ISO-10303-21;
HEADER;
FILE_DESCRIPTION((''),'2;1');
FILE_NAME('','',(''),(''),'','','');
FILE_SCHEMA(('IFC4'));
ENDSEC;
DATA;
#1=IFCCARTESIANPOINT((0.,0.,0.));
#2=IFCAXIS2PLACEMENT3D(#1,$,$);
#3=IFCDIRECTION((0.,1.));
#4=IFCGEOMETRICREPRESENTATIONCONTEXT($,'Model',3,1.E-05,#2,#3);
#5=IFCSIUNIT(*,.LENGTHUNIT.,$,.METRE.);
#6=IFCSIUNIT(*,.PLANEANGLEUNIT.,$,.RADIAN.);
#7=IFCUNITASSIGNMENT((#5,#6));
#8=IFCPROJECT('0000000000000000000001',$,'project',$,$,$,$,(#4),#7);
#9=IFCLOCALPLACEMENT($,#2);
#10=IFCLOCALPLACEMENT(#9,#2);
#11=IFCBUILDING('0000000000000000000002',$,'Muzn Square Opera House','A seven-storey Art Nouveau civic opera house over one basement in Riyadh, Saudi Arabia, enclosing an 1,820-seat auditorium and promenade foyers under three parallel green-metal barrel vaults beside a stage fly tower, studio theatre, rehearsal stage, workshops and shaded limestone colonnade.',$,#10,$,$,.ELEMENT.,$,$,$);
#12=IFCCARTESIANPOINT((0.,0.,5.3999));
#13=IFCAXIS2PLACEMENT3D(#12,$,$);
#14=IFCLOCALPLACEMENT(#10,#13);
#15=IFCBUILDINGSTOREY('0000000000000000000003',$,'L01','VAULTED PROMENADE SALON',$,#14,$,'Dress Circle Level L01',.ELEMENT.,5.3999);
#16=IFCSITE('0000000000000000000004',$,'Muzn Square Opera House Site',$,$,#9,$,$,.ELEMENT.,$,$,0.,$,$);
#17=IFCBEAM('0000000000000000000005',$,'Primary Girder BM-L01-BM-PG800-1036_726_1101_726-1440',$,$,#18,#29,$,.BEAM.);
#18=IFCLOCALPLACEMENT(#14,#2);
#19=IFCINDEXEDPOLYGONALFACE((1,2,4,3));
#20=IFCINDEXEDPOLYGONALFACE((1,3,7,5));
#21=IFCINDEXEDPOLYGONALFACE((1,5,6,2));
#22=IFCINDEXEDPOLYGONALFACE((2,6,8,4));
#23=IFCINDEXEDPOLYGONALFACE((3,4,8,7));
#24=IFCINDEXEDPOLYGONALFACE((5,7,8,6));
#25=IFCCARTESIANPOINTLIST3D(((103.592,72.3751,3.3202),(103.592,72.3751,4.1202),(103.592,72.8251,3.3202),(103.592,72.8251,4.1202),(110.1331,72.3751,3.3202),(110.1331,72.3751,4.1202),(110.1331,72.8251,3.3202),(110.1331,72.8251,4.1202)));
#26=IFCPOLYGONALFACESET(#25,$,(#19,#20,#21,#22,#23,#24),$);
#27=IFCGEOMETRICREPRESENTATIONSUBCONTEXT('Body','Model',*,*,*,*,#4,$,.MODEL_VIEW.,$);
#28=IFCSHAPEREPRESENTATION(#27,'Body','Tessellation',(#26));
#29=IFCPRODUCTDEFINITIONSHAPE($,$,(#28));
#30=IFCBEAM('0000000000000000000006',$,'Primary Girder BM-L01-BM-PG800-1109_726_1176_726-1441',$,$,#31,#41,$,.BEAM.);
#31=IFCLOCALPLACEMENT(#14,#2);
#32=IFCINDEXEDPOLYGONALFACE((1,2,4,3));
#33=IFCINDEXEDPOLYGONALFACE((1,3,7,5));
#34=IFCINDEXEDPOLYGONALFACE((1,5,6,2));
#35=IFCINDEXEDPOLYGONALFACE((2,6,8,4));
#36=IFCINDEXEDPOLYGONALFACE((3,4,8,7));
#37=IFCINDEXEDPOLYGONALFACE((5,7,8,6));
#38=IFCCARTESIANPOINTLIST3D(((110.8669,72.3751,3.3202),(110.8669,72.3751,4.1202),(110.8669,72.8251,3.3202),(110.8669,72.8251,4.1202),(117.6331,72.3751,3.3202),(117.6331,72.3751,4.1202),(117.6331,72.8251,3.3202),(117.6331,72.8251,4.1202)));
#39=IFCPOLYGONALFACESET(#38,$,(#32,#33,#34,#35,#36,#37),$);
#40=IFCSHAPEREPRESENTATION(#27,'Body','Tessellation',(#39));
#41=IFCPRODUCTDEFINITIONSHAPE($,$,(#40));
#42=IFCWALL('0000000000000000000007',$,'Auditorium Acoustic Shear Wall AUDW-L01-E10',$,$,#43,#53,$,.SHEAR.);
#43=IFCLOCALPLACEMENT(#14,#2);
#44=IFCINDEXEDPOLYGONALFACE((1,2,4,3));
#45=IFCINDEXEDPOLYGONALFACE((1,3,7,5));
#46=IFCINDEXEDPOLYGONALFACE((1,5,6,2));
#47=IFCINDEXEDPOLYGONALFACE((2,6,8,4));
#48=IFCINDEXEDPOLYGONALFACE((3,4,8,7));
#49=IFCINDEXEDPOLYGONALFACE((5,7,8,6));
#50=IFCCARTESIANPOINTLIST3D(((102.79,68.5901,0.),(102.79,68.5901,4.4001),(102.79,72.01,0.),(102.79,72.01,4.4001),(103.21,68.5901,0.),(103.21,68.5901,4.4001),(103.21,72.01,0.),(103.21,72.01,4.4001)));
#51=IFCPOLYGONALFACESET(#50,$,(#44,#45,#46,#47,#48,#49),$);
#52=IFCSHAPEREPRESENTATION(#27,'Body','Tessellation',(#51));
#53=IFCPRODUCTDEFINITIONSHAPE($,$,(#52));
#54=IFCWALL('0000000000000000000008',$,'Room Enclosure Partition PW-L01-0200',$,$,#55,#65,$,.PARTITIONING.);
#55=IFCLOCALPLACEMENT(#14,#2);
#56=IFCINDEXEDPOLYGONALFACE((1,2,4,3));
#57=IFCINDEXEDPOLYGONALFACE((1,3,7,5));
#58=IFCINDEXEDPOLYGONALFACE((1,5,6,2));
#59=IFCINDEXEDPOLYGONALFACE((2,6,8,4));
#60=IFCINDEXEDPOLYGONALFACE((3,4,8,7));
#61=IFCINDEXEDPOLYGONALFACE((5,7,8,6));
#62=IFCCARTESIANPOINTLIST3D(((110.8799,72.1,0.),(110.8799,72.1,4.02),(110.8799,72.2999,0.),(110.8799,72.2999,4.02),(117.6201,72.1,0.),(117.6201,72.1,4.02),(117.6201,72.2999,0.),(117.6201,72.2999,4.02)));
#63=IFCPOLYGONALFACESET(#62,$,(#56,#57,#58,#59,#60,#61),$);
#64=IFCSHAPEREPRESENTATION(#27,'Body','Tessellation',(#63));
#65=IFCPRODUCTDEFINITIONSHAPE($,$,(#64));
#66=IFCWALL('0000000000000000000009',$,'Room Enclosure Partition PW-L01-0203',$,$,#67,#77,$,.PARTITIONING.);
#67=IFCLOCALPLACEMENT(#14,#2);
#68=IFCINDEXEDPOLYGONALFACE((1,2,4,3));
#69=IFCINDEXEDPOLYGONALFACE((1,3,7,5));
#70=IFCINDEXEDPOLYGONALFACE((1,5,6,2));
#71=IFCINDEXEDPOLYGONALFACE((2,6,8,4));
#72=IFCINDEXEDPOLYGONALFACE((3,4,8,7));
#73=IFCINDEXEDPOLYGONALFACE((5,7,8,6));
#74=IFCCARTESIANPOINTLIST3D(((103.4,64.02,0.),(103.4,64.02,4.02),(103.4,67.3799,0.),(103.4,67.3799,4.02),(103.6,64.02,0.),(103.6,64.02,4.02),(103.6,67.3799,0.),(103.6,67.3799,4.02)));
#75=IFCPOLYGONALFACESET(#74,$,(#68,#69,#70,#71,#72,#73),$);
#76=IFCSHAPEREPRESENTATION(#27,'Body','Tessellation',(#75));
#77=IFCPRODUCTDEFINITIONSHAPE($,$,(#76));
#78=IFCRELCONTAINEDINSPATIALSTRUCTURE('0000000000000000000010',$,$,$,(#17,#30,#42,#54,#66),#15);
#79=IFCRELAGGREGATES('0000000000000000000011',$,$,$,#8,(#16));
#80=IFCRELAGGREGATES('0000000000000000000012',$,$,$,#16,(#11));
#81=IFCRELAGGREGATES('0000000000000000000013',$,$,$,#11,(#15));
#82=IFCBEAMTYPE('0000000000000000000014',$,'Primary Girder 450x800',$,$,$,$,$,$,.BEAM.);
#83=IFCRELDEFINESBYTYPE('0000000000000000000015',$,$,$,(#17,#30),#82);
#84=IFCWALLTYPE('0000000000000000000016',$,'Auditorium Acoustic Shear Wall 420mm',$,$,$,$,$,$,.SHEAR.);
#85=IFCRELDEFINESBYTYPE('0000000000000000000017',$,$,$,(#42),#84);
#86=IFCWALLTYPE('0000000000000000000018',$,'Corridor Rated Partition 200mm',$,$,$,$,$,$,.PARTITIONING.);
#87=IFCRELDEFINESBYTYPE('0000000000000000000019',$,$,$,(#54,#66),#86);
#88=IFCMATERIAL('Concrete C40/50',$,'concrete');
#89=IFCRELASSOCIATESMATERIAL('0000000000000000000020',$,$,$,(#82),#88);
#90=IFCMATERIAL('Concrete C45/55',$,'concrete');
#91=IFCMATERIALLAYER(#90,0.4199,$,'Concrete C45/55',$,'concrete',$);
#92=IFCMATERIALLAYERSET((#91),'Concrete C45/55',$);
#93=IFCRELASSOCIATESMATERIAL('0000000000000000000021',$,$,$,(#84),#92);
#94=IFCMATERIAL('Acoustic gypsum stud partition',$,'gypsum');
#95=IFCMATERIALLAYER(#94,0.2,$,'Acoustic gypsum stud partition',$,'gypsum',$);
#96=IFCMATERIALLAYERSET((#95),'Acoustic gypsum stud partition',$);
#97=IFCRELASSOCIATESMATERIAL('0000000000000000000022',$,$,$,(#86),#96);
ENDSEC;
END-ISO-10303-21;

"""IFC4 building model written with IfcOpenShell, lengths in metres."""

from ifc_helpers import new_model, si_unit, direction, frame, frame_2d, origin, origin_2d, place, context, subcontext, project, spatial, rectangle, extrude, material, layer, layer_set, material_profile, profile_set, type_object, element, save


model = new_model("IFC4")

# Units and contexts
model_context = context("Model", 3, precision=1e-05, world=origin(), true_north=direction((0.0, 1.0)))
body_context = subcontext(model_context, "Body", "Model", "MODEL_VIEW")
ifc_project = project(units=[si_unit("LENGTHUNIT", "METRE"), si_unit("PLANEANGLEUNIT", "RADIAN")], contexts=[model_context])

# Site, building, storey
site_placement = place(None, origin())
site = spatial("IfcSite", under=ifc_project, at=site_placement, Name="Muzn Square Opera House Site", CompositionType="ELEMENT", RefElevation=0.0)
building_placement = place(site_placement, origin())
building = spatial("IfcBuilding", under=site, at=building_placement, Name="Muzn Square Opera House", Description="A seven-storey Art Nouveau civic opera house over one basement in Riyadh, Saudi Arabia, enclosing an 1,820-seat auditorium and promenade foyers under three parallel green-metal barrel vaults beside a stage fly tower, studio theatre, rehearsal stage, workshops and shaded limestone colonnade.", CompositionType="ELEMENT")
storey_placement = place(building_placement, frame((0.0, 0.0, 5.3999)))
storey = spatial("IfcBuildingStorey", under=building, at=storey_placement, Name="L01", Description="VAULTED PROMENADE SALON", LongName="Dress Circle Level L01", CompositionType="ELEMENT", Elevation=5.3999)

# Shared definitions
ifc_material_1 = material(Name="Concrete C45/55", Category="concrete")

# Beams
ifc_material_2 = material(Name="Concrete C40/50", Category="concrete")
ifc_material_profile_1 = material_profile(ifc_material_2, rectangle(XDim=0.45, YDim=0.8, at=origin_2d()), Name="RCB 450x800", Category="concrete")
ifc_profile_set_1 = profile_set([ifc_material_profile_1], Name="Concrete C40/50")
beam_type_1 = type_object("IfcBeamType", Name="Primary Girder 450x800", PredefinedType="BEAM", material=ifc_profile_set_1)
beam_1_placement = place(storey_placement, frame((103.592, 72.6001, 3.7202), z_axis=(1.0, 0.0, 0.0), x_axis=(0.0, 1.0, 0.0)))
element("IfcBeam", 1, at=beam_1_placement, inside=storey, type_object=beam_type_1, Name="Primary Girder BM-L01-BM-PG800-1036_726_1101_726-1440", PredefinedType="BEAM", context=body_context, shape_type="SweptSolid", body=[
    extrude(rectangle(XDim=0.45, YDim=0.8, at=origin_2d()), origin(), (0.0, 0.0, 1.0), 6.541),
])
beam_2_placement = place(storey_placement, frame((110.8669, 72.6001, 3.7202), z_axis=(1.0, 0.0, 0.0), x_axis=(0.0, 1.0, 0.0)))
element("IfcBeam", 2, at=beam_2_placement, inside=storey, type_object=beam_type_1, Name="Primary Girder BM-L01-BM-PG800-1109_726_1176_726-1441", PredefinedType="BEAM", context=body_context, shape_type="SweptSolid", body=[
    extrude(rectangle(XDim=0.45, YDim=0.8, at=origin_2d()), origin(), (0.0, 0.0, 1.0), 6.7661),
])

# Walls
ifc_layer_1 = layer(ifc_material_1, 0.4199, Name="Concrete C45/55", Category="concrete")
ifc_layer_set_1 = layer_set([ifc_layer_1], Name="Concrete C45/55")
wall_type_1 = type_object("IfcWallType", Name="Auditorium Acoustic Shear Wall 420mm", PredefinedType="SHEAR", material=ifc_layer_set_1)
wall_1_placement = place(storey_placement, frame((103.0, 68.5901, 0.0), z_axis=(0.0, 0.0, 1.0), x_axis=(0.0, 1.0, 0.0)))
element("IfcWall", 3, at=wall_1_placement, inside=storey, type_object=wall_type_1, Name="Auditorium Acoustic Shear Wall AUDW-L01-E10", PredefinedType="SHEAR", context=body_context, shape_type="SweptSolid", body=[
    extrude(rectangle(XDim=3.4199, YDim=0.4199, at=frame_2d((1.71, 0.0))), origin(), (0.0, 0.0, 1.0), 4.4001),
])
ifc_material_3 = material(Name="Acoustic gypsum stud partition", Category="gypsum")
ifc_layer_2 = layer(ifc_material_3, 0.2, Name="Acoustic gypsum stud partition", Category="gypsum")
ifc_layer_set_2 = layer_set([ifc_layer_2], Name="Acoustic gypsum stud partition")
wall_type_2 = type_object("IfcWallType", Name="Corridor Rated Partition 200mm", PredefinedType="PARTITIONING", material=ifc_layer_set_2)
wall_2_placement = place(storey_placement, frame((110.8799, 72.2, 0.0), z_axis=(0.0, 0.0, 1.0), x_axis=(1.0, 0.0, 0.0)))
element("IfcWall", 4, at=wall_2_placement, inside=storey, type_object=wall_type_2, Name="Room Enclosure Partition PW-L01-0200", PredefinedType="PARTITIONING", context=body_context, shape_type="SweptSolid", body=[
    extrude(rectangle(XDim=6.7402, YDim=0.2, at=frame_2d((3.3701, 0.0))), origin(), (0.0, 0.0, 1.0), 4.02),
])
wall_3_placement = place(storey_placement, frame((103.5, 64.02, 0.0), z_axis=(0.0, 0.0, 1.0), x_axis=(0.0, 1.0, 0.0)))
element("IfcWall", 5, at=wall_3_placement, inside=storey, type_object=wall_type_2, Name="Room Enclosure Partition PW-L01-0203", PredefinedType="PARTITIONING", context=body_context, shape_type="SweptSolid", body=[
    extrude(rectangle(XDim=3.3599, YDim=0.2, at=frame_2d((1.6799, 0.0))), origin(), (0.0, 0.0, 1.0), 4.02),
])

save(model, "model.ifc")
